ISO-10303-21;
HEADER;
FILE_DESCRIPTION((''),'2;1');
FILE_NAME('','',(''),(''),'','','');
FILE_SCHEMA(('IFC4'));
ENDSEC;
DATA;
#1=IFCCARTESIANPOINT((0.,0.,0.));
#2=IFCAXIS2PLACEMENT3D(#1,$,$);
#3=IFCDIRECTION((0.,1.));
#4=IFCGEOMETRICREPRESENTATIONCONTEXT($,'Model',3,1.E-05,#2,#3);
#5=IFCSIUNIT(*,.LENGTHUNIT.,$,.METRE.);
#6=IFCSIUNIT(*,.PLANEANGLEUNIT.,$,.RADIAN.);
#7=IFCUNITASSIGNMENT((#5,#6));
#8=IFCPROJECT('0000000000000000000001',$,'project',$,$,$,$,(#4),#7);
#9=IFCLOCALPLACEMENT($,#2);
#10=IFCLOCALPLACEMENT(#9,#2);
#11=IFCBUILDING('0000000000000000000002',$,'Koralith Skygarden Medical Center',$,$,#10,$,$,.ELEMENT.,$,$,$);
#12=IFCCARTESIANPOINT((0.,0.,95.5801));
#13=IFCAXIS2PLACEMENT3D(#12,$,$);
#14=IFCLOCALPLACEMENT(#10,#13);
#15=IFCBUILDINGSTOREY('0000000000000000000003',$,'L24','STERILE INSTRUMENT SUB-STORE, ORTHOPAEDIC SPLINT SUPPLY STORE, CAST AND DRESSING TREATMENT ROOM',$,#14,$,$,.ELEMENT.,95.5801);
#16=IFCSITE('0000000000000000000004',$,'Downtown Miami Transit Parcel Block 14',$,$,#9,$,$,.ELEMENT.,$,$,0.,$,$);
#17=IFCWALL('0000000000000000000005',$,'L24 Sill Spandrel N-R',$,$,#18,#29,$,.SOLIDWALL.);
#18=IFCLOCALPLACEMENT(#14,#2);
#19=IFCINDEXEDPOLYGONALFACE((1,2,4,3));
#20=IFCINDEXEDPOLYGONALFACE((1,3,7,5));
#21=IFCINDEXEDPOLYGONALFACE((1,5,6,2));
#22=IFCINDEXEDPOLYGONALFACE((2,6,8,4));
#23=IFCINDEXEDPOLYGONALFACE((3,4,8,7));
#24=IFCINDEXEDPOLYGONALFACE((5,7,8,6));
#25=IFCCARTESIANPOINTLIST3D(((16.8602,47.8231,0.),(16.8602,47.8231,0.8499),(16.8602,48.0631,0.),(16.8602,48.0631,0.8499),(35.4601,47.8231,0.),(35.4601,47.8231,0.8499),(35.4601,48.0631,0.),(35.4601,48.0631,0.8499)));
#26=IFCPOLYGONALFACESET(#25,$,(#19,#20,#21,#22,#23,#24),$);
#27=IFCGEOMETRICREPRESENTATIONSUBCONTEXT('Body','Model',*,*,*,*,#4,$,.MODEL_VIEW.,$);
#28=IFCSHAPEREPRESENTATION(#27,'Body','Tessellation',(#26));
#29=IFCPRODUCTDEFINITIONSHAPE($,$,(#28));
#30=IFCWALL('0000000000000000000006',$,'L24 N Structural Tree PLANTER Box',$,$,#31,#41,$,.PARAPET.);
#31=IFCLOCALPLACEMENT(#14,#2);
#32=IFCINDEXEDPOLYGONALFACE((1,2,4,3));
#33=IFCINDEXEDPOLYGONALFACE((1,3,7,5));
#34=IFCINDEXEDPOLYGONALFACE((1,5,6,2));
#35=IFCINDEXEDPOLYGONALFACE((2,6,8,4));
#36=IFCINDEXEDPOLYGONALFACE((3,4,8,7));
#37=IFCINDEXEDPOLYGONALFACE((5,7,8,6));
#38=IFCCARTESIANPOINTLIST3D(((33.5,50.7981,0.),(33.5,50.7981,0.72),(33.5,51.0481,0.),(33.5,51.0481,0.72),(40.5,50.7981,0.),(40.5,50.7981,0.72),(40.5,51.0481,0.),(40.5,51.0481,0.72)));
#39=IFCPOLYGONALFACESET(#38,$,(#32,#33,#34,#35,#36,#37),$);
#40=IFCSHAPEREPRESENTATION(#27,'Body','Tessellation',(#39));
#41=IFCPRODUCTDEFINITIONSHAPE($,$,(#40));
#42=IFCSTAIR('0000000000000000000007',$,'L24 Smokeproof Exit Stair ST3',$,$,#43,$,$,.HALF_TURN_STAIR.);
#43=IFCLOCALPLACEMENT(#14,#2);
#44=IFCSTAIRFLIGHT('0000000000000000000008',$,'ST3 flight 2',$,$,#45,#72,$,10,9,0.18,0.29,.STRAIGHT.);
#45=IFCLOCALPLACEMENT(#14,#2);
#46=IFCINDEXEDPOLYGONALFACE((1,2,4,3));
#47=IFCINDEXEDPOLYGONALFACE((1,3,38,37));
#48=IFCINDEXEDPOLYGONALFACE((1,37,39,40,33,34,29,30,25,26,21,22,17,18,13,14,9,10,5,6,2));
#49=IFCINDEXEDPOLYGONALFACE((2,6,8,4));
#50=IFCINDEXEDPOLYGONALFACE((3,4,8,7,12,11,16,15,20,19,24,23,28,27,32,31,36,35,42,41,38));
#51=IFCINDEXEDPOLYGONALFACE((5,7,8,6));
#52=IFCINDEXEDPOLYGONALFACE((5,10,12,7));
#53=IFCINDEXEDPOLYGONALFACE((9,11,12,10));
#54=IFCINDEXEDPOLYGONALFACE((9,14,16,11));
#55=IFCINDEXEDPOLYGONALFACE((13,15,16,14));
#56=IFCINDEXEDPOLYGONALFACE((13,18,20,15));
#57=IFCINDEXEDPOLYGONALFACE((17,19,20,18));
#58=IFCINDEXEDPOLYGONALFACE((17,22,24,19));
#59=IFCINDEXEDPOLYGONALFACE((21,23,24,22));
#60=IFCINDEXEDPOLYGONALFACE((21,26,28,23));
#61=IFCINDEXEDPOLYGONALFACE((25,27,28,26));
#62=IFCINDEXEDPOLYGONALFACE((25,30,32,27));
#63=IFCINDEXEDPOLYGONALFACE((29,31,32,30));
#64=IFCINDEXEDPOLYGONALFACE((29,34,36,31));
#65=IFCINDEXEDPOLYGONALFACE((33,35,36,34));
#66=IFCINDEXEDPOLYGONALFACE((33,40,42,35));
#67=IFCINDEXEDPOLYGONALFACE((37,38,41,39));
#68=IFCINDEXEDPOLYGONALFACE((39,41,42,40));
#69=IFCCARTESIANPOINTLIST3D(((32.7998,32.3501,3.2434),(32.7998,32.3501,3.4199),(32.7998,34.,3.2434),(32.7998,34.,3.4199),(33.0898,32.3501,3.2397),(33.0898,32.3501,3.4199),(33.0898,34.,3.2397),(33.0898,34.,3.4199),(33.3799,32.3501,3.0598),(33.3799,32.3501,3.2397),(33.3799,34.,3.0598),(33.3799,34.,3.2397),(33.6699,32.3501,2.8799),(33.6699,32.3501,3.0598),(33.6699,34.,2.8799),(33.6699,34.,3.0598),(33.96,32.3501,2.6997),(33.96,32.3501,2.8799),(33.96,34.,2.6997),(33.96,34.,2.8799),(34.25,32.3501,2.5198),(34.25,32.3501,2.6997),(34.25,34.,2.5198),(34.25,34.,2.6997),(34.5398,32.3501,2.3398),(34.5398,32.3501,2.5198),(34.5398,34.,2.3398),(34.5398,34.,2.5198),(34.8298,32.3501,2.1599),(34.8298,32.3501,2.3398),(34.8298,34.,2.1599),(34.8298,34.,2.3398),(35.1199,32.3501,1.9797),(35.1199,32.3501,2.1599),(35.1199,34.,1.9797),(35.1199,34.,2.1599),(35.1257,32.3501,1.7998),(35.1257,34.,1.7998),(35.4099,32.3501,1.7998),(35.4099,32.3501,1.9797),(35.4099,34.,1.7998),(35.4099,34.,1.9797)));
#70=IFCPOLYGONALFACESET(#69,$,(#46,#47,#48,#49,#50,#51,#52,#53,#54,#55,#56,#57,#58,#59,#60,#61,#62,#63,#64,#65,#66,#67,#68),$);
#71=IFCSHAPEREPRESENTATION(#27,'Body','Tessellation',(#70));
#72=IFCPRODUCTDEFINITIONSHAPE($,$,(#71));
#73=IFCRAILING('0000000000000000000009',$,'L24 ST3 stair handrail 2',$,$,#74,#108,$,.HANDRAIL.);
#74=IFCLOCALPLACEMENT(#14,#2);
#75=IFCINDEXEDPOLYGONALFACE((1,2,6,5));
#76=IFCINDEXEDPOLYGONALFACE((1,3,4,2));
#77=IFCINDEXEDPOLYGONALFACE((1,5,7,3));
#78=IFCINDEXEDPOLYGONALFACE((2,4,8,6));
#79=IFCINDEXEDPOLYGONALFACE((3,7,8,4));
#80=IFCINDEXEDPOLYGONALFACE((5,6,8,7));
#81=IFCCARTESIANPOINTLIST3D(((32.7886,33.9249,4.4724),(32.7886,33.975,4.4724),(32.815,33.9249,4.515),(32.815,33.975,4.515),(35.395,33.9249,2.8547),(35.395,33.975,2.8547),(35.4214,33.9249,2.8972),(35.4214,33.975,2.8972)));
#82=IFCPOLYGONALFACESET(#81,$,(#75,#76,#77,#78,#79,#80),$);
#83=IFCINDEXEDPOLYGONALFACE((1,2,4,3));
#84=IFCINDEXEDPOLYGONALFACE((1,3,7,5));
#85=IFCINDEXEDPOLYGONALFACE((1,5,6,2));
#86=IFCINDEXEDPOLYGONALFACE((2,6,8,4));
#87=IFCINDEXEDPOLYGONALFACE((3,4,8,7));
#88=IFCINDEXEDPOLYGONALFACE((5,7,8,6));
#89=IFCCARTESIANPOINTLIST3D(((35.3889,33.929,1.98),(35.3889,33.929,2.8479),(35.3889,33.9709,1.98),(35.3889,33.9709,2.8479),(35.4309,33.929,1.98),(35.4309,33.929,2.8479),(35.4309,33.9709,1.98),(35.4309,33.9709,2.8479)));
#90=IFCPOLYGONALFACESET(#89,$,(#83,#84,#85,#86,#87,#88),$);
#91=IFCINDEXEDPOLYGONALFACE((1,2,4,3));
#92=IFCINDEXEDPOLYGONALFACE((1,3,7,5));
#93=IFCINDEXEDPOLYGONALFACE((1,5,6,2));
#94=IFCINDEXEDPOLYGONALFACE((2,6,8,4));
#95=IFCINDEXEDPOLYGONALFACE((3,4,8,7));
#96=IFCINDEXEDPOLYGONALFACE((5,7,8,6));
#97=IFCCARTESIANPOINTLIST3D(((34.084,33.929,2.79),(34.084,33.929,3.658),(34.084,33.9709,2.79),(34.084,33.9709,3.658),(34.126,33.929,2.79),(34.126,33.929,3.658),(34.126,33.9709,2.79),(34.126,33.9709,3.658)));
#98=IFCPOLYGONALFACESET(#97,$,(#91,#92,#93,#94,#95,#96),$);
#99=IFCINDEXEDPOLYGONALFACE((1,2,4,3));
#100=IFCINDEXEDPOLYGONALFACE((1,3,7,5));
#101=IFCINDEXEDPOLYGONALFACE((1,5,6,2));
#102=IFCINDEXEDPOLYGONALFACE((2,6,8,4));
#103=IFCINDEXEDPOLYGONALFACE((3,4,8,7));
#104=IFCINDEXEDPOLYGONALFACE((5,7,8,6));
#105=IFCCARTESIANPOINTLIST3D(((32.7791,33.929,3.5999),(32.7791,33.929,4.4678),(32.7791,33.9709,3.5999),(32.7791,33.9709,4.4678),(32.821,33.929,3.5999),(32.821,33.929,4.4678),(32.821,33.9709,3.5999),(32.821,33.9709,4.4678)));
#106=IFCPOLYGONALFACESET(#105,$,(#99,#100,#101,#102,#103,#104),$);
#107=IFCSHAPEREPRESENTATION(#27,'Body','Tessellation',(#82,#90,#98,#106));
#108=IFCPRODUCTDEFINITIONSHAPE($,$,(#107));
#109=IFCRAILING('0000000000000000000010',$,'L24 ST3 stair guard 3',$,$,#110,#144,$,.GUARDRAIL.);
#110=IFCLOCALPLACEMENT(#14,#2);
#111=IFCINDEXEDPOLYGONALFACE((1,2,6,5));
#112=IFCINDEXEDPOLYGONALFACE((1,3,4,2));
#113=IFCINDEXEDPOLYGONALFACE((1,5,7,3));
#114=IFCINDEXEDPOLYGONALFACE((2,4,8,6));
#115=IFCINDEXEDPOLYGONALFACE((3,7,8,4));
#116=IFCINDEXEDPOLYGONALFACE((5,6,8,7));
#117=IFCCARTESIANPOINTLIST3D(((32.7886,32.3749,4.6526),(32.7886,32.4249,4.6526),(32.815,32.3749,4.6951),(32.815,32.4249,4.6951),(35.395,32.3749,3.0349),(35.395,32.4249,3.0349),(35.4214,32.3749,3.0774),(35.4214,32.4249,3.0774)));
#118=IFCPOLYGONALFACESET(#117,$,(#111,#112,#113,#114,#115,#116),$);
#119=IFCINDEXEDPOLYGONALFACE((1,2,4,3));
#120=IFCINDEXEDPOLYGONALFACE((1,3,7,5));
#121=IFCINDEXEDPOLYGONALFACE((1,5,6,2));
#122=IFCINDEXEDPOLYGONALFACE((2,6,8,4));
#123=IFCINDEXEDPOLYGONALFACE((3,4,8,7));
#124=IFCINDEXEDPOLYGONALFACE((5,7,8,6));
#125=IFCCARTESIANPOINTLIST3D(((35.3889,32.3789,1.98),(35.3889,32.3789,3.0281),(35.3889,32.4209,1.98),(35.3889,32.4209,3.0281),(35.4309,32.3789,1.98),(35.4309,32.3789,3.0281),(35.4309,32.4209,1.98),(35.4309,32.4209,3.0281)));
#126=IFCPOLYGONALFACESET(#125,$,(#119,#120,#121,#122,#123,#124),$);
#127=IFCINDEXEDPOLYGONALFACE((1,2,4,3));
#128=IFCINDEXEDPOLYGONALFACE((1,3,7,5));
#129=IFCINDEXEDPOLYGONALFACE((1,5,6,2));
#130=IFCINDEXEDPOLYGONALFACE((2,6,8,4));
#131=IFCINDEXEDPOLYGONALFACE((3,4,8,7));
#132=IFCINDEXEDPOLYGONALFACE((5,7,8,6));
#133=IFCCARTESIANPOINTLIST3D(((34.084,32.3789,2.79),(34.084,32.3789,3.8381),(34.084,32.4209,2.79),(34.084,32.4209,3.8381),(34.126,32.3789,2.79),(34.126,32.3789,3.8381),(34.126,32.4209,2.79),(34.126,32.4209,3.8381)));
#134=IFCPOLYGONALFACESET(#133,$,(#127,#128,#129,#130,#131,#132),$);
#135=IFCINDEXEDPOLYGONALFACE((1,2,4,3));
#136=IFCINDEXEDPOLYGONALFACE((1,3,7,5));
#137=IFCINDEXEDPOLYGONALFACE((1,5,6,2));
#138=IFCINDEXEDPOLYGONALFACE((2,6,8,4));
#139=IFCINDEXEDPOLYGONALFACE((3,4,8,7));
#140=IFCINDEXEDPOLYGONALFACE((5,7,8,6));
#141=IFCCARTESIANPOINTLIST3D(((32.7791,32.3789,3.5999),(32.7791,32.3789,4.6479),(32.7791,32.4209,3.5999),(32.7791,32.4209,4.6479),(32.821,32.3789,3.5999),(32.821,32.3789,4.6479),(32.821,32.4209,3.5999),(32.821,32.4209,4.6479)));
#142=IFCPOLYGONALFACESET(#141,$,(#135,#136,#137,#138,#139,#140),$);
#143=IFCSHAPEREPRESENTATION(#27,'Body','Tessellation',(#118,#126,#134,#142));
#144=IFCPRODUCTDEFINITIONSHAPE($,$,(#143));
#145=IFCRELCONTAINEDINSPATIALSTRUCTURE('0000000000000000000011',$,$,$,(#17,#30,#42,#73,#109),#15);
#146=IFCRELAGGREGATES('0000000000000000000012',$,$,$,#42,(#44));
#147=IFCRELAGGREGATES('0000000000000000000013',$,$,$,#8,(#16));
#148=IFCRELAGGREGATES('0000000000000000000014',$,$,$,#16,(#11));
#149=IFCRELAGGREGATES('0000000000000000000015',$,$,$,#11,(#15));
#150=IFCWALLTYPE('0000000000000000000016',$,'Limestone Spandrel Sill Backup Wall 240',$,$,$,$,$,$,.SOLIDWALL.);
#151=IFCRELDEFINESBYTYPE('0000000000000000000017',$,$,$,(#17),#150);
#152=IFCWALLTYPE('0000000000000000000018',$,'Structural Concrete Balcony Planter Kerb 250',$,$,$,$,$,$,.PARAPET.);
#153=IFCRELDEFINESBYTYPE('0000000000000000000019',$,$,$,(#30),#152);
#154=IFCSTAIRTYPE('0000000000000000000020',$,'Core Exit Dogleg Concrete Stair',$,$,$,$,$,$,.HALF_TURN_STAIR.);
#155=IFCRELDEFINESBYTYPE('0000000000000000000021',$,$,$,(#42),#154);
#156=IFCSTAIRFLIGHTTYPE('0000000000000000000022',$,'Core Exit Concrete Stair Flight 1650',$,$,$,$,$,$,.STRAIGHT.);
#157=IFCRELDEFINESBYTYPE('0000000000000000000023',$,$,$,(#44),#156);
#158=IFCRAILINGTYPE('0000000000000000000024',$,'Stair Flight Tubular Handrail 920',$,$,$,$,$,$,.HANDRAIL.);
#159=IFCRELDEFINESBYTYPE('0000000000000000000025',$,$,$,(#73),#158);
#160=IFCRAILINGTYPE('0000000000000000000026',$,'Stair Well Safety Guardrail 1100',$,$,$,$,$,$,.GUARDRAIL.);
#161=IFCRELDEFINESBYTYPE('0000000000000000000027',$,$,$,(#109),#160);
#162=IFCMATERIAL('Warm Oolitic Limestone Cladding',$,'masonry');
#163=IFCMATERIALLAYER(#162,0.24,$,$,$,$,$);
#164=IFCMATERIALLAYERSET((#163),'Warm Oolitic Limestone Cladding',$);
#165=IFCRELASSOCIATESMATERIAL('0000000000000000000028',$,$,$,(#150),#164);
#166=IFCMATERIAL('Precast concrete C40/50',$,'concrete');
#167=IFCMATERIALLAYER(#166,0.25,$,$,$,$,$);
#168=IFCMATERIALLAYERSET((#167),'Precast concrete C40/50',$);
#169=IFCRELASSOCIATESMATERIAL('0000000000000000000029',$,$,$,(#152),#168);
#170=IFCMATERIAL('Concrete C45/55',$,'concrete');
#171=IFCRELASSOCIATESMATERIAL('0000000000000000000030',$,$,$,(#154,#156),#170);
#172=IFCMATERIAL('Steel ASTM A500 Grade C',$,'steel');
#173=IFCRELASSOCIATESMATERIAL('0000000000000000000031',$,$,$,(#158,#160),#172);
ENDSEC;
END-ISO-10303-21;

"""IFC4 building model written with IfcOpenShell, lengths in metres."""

from ifc_helpers import new_model, si_unit, direction, frame, frame_2d, origin, origin_2d, place, context, subcontext, project, spatial, polyline, rectangle, outline, extrude, material, layer, layer_set, type_object, element, aggregate, save


model = new_model("IFC4")

# Units and contexts
model_context = context("Model", 3, precision=1e-05, world=origin(), true_north=direction((0.0, 1.0)))
body_context = subcontext(model_context, "Body", "Model", "MODEL_VIEW")
ifc_project = project(units=[si_unit("LENGTHUNIT", "METRE"), si_unit("PLANEANGLEUNIT", "RADIAN")], contexts=[model_context])

# Site, building, storey
site_placement = place(None, origin())
site = spatial("IfcSite", under=ifc_project, at=site_placement, Name="Downtown Miami Transit Parcel Block 14", CompositionType="ELEMENT", RefElevation=0.0)
building_placement = place(site_placement, origin())
building = spatial("IfcBuilding", under=site, at=building_placement, Name="Koralith Skygarden Medical Center", CompositionType="ELEMENT")
storey_placement = place(building_placement, frame((0.0, 0.0, 95.5801)))
storey = spatial("IfcBuildingStorey", under=building, at=storey_placement, Name="L24", Description="STERILE INSTRUMENT SUB-STORE, ORTHOPAEDIC SPLINT SUPPLY STORE, CAST AND DRESSING TREATMENT ROOM", CompositionType="ELEMENT", Elevation=95.5801)

# Shared definitions
ifc_material_1 = material(Name="Concrete C45/55", Category="concrete")

# Walls
ifc_material_2 = material(Name="Warm Oolitic Limestone Cladding", Category="masonry")
ifc_layer_1 = layer(ifc_material_2, 0.24)
ifc_layer_set_1 = layer_set([ifc_layer_1], Name="Warm Oolitic Limestone Cladding")
wall_type_1 = type_object("IfcWallType", Name="Limestone Spandrel Sill Backup Wall 240", PredefinedType="SOLIDWALL", material=ifc_layer_set_1)
wall_1_placement = place(storey_placement, frame((35.46, 47.9431, 0.0), z_axis=(0.0, 0.0, 1.0), x_axis=(-1.0, 0.0, 0.0)))
element("IfcWall", 1, at=wall_1_placement, inside=storey, type_object=wall_type_1, Name="L24 Sill Spandrel N-R", PredefinedType="SOLIDWALL", context=body_context, shape_type="SweptSolid", body=[
    extrude(rectangle(XDim=18.5999, YDim=0.24, at=frame_2d((9.2998, 0.0))), origin(), (0.0, 0.0, 1.0), 0.8499),
])
ifc_material_3 = material(Name="Precast concrete C40/50", Category="concrete")
ifc_layer_2 = layer(ifc_material_3, 0.25)
ifc_layer_set_2 = layer_set([ifc_layer_2], Name="Precast concrete C40/50")
wall_type_2 = type_object("IfcWallType", Name="Structural Concrete Balcony Planter Kerb 250", PredefinedType="PARAPET", material=ifc_layer_set_2)
wall_2_placement = place(storey_placement, frame((33.5, 50.9231, 0.0), z_axis=(0.0, 0.0, 1.0), x_axis=(1.0, 0.0, 0.0)))
element("IfcWall", 2, at=wall_2_placement, inside=storey, type_object=wall_type_2, Name="L24 N Structural Tree PLANTER Box", PredefinedType="PARAPET", context=body_context, shape_type="SweptSolid", body=[
    extrude(rectangle(XDim=7.0, YDim=0.25, at=frame_2d((3.5, 0.0))), origin(), (0.0, 0.0, 1.0), 0.72),
])

# Stair, stair flight
stair_type = type_object("IfcStairType", Name="Core Exit Dogleg Concrete Stair", PredefinedType="HALF_TURN_STAIR", material=ifc_material_1)
stair_placement = place(storey_placement, origin())
stair = element("IfcStair", 3, at=stair_placement, inside=storey, type_object=stair_type, Name="L24 Smokeproof Exit Stair ST3", PredefinedType="HALF_TURN_STAIR")
stair_flight_type = type_object("IfcStairFlightType", Name="Core Exit Concrete Stair Flight 1650", PredefinedType="STRAIGHT", material=ifc_material_1)
stair_flight_placement = place(storey_placement, frame((35.4099, 33.175, 1.7998), z_axis=(0.0, 0.0, 1.0), x_axis=(-1.0, 0.0, 0.0)))
stair_flight = element("IfcStairFlight", 4, at=stair_flight_placement, type_object=stair_flight_type, Name="ST3 flight 2", NumberOfRisers=10, NumberOfTreads=9, PredefinedType="STRAIGHT", RiserHeight=0.18, TreadLength=0.29, context=body_context, shape_type="SweptSolid", body=[
    extrude(outline(polyline([(0.0, 0.0), (0.0, 0.1799), (0.29, 0.1799), (0.29, 0.3601), (0.5801, 0.3601), (0.5801, 0.54), (0.8701, 0.54), (0.8701, 0.72), (1.1599, 0.72), (1.1599, 0.8999), (1.45, 0.8999), (1.45, 1.0801), (1.74, 1.0801), (1.74, 1.26), (2.03, 1.26), (2.03, 1.4399), (2.3201, 1.4399), (2.3201, 1.6201), (2.6101, 1.6201), (2.6101, 1.8), (2.6101, 1.4436), (0.2842, 0.0), (0.0, 0.0)])), frame((0.0, 0.825, 0.0), z_axis=(0.0, -1.0, 0.0), x_axis=(1.0, 0.0, 0.0)), (0.0, 0.0, 1.0), 1.6499),
])
aggregate(stair, [stair_flight])

# Railings
ifc_material_4 = material(Name="Steel ASTM A500 Grade C", Category="steel")
railing_type_1 = type_object("IfcRailingType", Name="Stair Flight Tubular Handrail 920", PredefinedType="HANDRAIL", material=ifc_material_4)
railing_1_placement = place(storey_placement, frame((35.4099, 33.95, 1.98)))
element("IfcRailing", 5, at=railing_1_placement, inside=storey, type_object=railing_type_1, Name="L24 ST3 stair handrail 2", PredefinedType="HANDRAIL", context=body_context, shape_type="SweptSolid", body=[
    extrude(rectangle(XDim=0.05, YDim=0.05, at=origin_2d()), frame((-0.0017, 0.0, 0.896), z_axis=(-0.849646, 0.0, 0.527353), x_axis=(0.0, -1.0, 0.0)), (0.0, 0.0, 1.0), 3.0676),
    extrude(rectangle(XDim=0.042, YDim=0.042, at=origin_2d()), origin(), (0.0, 0.0, 1.0), 0.8679),
    extrude(rectangle(XDim=0.042, YDim=0.042, at=origin_2d()), frame((-1.3049, 0.0, 0.8101)), (0.0, 0.0, 1.0), 0.8679),
    extrude(rectangle(XDim=0.042, YDim=0.042, at=origin_2d()), frame((-2.6099, 0.0, 1.6199)), (0.0, 0.0, 1.0), 0.8679),
])
railing_type_2 = type_object("IfcRailingType", Name="Stair Well Safety Guardrail 1100", PredefinedType="GUARDRAIL", material=ifc_material_4)
railing_2_placement = place(storey_placement, frame((35.4099, 32.3999, 1.98)))
element("IfcRailing", 6, at=railing_2_placement, inside=storey, type_object=railing_type_2, Name="L24 ST3 stair guard 3", PredefinedType="GUARDRAIL", context=body_context, shape_type="SweptSolid", body=[
    extrude(rectangle(XDim=0.05, YDim=0.05, at=origin_2d()), frame((-0.0017, 0.0, 1.0762), z_axis=(-0.849646, 0.0, 0.527353), x_axis=(0.0, -1.0, 0.0)), (0.0, 0.0, 1.0), 3.0676),
    extrude(rectangle(XDim=0.042, YDim=0.042, at=origin_2d()), origin(), (0.0, 0.0, 1.0), 1.0481),
    extrude(rectangle(XDim=0.042, YDim=0.042, at=origin_2d()), frame((-1.3049, 0.0, 0.8101)), (0.0, 0.0, 1.0), 1.0481),
    extrude(rectangle(XDim=0.042, YDim=0.042, at=origin_2d()), frame((-2.6099, 0.0, 1.6199)), (0.0, 0.0, 1.0), 1.0481),
])

save(model, "model.ifc")
